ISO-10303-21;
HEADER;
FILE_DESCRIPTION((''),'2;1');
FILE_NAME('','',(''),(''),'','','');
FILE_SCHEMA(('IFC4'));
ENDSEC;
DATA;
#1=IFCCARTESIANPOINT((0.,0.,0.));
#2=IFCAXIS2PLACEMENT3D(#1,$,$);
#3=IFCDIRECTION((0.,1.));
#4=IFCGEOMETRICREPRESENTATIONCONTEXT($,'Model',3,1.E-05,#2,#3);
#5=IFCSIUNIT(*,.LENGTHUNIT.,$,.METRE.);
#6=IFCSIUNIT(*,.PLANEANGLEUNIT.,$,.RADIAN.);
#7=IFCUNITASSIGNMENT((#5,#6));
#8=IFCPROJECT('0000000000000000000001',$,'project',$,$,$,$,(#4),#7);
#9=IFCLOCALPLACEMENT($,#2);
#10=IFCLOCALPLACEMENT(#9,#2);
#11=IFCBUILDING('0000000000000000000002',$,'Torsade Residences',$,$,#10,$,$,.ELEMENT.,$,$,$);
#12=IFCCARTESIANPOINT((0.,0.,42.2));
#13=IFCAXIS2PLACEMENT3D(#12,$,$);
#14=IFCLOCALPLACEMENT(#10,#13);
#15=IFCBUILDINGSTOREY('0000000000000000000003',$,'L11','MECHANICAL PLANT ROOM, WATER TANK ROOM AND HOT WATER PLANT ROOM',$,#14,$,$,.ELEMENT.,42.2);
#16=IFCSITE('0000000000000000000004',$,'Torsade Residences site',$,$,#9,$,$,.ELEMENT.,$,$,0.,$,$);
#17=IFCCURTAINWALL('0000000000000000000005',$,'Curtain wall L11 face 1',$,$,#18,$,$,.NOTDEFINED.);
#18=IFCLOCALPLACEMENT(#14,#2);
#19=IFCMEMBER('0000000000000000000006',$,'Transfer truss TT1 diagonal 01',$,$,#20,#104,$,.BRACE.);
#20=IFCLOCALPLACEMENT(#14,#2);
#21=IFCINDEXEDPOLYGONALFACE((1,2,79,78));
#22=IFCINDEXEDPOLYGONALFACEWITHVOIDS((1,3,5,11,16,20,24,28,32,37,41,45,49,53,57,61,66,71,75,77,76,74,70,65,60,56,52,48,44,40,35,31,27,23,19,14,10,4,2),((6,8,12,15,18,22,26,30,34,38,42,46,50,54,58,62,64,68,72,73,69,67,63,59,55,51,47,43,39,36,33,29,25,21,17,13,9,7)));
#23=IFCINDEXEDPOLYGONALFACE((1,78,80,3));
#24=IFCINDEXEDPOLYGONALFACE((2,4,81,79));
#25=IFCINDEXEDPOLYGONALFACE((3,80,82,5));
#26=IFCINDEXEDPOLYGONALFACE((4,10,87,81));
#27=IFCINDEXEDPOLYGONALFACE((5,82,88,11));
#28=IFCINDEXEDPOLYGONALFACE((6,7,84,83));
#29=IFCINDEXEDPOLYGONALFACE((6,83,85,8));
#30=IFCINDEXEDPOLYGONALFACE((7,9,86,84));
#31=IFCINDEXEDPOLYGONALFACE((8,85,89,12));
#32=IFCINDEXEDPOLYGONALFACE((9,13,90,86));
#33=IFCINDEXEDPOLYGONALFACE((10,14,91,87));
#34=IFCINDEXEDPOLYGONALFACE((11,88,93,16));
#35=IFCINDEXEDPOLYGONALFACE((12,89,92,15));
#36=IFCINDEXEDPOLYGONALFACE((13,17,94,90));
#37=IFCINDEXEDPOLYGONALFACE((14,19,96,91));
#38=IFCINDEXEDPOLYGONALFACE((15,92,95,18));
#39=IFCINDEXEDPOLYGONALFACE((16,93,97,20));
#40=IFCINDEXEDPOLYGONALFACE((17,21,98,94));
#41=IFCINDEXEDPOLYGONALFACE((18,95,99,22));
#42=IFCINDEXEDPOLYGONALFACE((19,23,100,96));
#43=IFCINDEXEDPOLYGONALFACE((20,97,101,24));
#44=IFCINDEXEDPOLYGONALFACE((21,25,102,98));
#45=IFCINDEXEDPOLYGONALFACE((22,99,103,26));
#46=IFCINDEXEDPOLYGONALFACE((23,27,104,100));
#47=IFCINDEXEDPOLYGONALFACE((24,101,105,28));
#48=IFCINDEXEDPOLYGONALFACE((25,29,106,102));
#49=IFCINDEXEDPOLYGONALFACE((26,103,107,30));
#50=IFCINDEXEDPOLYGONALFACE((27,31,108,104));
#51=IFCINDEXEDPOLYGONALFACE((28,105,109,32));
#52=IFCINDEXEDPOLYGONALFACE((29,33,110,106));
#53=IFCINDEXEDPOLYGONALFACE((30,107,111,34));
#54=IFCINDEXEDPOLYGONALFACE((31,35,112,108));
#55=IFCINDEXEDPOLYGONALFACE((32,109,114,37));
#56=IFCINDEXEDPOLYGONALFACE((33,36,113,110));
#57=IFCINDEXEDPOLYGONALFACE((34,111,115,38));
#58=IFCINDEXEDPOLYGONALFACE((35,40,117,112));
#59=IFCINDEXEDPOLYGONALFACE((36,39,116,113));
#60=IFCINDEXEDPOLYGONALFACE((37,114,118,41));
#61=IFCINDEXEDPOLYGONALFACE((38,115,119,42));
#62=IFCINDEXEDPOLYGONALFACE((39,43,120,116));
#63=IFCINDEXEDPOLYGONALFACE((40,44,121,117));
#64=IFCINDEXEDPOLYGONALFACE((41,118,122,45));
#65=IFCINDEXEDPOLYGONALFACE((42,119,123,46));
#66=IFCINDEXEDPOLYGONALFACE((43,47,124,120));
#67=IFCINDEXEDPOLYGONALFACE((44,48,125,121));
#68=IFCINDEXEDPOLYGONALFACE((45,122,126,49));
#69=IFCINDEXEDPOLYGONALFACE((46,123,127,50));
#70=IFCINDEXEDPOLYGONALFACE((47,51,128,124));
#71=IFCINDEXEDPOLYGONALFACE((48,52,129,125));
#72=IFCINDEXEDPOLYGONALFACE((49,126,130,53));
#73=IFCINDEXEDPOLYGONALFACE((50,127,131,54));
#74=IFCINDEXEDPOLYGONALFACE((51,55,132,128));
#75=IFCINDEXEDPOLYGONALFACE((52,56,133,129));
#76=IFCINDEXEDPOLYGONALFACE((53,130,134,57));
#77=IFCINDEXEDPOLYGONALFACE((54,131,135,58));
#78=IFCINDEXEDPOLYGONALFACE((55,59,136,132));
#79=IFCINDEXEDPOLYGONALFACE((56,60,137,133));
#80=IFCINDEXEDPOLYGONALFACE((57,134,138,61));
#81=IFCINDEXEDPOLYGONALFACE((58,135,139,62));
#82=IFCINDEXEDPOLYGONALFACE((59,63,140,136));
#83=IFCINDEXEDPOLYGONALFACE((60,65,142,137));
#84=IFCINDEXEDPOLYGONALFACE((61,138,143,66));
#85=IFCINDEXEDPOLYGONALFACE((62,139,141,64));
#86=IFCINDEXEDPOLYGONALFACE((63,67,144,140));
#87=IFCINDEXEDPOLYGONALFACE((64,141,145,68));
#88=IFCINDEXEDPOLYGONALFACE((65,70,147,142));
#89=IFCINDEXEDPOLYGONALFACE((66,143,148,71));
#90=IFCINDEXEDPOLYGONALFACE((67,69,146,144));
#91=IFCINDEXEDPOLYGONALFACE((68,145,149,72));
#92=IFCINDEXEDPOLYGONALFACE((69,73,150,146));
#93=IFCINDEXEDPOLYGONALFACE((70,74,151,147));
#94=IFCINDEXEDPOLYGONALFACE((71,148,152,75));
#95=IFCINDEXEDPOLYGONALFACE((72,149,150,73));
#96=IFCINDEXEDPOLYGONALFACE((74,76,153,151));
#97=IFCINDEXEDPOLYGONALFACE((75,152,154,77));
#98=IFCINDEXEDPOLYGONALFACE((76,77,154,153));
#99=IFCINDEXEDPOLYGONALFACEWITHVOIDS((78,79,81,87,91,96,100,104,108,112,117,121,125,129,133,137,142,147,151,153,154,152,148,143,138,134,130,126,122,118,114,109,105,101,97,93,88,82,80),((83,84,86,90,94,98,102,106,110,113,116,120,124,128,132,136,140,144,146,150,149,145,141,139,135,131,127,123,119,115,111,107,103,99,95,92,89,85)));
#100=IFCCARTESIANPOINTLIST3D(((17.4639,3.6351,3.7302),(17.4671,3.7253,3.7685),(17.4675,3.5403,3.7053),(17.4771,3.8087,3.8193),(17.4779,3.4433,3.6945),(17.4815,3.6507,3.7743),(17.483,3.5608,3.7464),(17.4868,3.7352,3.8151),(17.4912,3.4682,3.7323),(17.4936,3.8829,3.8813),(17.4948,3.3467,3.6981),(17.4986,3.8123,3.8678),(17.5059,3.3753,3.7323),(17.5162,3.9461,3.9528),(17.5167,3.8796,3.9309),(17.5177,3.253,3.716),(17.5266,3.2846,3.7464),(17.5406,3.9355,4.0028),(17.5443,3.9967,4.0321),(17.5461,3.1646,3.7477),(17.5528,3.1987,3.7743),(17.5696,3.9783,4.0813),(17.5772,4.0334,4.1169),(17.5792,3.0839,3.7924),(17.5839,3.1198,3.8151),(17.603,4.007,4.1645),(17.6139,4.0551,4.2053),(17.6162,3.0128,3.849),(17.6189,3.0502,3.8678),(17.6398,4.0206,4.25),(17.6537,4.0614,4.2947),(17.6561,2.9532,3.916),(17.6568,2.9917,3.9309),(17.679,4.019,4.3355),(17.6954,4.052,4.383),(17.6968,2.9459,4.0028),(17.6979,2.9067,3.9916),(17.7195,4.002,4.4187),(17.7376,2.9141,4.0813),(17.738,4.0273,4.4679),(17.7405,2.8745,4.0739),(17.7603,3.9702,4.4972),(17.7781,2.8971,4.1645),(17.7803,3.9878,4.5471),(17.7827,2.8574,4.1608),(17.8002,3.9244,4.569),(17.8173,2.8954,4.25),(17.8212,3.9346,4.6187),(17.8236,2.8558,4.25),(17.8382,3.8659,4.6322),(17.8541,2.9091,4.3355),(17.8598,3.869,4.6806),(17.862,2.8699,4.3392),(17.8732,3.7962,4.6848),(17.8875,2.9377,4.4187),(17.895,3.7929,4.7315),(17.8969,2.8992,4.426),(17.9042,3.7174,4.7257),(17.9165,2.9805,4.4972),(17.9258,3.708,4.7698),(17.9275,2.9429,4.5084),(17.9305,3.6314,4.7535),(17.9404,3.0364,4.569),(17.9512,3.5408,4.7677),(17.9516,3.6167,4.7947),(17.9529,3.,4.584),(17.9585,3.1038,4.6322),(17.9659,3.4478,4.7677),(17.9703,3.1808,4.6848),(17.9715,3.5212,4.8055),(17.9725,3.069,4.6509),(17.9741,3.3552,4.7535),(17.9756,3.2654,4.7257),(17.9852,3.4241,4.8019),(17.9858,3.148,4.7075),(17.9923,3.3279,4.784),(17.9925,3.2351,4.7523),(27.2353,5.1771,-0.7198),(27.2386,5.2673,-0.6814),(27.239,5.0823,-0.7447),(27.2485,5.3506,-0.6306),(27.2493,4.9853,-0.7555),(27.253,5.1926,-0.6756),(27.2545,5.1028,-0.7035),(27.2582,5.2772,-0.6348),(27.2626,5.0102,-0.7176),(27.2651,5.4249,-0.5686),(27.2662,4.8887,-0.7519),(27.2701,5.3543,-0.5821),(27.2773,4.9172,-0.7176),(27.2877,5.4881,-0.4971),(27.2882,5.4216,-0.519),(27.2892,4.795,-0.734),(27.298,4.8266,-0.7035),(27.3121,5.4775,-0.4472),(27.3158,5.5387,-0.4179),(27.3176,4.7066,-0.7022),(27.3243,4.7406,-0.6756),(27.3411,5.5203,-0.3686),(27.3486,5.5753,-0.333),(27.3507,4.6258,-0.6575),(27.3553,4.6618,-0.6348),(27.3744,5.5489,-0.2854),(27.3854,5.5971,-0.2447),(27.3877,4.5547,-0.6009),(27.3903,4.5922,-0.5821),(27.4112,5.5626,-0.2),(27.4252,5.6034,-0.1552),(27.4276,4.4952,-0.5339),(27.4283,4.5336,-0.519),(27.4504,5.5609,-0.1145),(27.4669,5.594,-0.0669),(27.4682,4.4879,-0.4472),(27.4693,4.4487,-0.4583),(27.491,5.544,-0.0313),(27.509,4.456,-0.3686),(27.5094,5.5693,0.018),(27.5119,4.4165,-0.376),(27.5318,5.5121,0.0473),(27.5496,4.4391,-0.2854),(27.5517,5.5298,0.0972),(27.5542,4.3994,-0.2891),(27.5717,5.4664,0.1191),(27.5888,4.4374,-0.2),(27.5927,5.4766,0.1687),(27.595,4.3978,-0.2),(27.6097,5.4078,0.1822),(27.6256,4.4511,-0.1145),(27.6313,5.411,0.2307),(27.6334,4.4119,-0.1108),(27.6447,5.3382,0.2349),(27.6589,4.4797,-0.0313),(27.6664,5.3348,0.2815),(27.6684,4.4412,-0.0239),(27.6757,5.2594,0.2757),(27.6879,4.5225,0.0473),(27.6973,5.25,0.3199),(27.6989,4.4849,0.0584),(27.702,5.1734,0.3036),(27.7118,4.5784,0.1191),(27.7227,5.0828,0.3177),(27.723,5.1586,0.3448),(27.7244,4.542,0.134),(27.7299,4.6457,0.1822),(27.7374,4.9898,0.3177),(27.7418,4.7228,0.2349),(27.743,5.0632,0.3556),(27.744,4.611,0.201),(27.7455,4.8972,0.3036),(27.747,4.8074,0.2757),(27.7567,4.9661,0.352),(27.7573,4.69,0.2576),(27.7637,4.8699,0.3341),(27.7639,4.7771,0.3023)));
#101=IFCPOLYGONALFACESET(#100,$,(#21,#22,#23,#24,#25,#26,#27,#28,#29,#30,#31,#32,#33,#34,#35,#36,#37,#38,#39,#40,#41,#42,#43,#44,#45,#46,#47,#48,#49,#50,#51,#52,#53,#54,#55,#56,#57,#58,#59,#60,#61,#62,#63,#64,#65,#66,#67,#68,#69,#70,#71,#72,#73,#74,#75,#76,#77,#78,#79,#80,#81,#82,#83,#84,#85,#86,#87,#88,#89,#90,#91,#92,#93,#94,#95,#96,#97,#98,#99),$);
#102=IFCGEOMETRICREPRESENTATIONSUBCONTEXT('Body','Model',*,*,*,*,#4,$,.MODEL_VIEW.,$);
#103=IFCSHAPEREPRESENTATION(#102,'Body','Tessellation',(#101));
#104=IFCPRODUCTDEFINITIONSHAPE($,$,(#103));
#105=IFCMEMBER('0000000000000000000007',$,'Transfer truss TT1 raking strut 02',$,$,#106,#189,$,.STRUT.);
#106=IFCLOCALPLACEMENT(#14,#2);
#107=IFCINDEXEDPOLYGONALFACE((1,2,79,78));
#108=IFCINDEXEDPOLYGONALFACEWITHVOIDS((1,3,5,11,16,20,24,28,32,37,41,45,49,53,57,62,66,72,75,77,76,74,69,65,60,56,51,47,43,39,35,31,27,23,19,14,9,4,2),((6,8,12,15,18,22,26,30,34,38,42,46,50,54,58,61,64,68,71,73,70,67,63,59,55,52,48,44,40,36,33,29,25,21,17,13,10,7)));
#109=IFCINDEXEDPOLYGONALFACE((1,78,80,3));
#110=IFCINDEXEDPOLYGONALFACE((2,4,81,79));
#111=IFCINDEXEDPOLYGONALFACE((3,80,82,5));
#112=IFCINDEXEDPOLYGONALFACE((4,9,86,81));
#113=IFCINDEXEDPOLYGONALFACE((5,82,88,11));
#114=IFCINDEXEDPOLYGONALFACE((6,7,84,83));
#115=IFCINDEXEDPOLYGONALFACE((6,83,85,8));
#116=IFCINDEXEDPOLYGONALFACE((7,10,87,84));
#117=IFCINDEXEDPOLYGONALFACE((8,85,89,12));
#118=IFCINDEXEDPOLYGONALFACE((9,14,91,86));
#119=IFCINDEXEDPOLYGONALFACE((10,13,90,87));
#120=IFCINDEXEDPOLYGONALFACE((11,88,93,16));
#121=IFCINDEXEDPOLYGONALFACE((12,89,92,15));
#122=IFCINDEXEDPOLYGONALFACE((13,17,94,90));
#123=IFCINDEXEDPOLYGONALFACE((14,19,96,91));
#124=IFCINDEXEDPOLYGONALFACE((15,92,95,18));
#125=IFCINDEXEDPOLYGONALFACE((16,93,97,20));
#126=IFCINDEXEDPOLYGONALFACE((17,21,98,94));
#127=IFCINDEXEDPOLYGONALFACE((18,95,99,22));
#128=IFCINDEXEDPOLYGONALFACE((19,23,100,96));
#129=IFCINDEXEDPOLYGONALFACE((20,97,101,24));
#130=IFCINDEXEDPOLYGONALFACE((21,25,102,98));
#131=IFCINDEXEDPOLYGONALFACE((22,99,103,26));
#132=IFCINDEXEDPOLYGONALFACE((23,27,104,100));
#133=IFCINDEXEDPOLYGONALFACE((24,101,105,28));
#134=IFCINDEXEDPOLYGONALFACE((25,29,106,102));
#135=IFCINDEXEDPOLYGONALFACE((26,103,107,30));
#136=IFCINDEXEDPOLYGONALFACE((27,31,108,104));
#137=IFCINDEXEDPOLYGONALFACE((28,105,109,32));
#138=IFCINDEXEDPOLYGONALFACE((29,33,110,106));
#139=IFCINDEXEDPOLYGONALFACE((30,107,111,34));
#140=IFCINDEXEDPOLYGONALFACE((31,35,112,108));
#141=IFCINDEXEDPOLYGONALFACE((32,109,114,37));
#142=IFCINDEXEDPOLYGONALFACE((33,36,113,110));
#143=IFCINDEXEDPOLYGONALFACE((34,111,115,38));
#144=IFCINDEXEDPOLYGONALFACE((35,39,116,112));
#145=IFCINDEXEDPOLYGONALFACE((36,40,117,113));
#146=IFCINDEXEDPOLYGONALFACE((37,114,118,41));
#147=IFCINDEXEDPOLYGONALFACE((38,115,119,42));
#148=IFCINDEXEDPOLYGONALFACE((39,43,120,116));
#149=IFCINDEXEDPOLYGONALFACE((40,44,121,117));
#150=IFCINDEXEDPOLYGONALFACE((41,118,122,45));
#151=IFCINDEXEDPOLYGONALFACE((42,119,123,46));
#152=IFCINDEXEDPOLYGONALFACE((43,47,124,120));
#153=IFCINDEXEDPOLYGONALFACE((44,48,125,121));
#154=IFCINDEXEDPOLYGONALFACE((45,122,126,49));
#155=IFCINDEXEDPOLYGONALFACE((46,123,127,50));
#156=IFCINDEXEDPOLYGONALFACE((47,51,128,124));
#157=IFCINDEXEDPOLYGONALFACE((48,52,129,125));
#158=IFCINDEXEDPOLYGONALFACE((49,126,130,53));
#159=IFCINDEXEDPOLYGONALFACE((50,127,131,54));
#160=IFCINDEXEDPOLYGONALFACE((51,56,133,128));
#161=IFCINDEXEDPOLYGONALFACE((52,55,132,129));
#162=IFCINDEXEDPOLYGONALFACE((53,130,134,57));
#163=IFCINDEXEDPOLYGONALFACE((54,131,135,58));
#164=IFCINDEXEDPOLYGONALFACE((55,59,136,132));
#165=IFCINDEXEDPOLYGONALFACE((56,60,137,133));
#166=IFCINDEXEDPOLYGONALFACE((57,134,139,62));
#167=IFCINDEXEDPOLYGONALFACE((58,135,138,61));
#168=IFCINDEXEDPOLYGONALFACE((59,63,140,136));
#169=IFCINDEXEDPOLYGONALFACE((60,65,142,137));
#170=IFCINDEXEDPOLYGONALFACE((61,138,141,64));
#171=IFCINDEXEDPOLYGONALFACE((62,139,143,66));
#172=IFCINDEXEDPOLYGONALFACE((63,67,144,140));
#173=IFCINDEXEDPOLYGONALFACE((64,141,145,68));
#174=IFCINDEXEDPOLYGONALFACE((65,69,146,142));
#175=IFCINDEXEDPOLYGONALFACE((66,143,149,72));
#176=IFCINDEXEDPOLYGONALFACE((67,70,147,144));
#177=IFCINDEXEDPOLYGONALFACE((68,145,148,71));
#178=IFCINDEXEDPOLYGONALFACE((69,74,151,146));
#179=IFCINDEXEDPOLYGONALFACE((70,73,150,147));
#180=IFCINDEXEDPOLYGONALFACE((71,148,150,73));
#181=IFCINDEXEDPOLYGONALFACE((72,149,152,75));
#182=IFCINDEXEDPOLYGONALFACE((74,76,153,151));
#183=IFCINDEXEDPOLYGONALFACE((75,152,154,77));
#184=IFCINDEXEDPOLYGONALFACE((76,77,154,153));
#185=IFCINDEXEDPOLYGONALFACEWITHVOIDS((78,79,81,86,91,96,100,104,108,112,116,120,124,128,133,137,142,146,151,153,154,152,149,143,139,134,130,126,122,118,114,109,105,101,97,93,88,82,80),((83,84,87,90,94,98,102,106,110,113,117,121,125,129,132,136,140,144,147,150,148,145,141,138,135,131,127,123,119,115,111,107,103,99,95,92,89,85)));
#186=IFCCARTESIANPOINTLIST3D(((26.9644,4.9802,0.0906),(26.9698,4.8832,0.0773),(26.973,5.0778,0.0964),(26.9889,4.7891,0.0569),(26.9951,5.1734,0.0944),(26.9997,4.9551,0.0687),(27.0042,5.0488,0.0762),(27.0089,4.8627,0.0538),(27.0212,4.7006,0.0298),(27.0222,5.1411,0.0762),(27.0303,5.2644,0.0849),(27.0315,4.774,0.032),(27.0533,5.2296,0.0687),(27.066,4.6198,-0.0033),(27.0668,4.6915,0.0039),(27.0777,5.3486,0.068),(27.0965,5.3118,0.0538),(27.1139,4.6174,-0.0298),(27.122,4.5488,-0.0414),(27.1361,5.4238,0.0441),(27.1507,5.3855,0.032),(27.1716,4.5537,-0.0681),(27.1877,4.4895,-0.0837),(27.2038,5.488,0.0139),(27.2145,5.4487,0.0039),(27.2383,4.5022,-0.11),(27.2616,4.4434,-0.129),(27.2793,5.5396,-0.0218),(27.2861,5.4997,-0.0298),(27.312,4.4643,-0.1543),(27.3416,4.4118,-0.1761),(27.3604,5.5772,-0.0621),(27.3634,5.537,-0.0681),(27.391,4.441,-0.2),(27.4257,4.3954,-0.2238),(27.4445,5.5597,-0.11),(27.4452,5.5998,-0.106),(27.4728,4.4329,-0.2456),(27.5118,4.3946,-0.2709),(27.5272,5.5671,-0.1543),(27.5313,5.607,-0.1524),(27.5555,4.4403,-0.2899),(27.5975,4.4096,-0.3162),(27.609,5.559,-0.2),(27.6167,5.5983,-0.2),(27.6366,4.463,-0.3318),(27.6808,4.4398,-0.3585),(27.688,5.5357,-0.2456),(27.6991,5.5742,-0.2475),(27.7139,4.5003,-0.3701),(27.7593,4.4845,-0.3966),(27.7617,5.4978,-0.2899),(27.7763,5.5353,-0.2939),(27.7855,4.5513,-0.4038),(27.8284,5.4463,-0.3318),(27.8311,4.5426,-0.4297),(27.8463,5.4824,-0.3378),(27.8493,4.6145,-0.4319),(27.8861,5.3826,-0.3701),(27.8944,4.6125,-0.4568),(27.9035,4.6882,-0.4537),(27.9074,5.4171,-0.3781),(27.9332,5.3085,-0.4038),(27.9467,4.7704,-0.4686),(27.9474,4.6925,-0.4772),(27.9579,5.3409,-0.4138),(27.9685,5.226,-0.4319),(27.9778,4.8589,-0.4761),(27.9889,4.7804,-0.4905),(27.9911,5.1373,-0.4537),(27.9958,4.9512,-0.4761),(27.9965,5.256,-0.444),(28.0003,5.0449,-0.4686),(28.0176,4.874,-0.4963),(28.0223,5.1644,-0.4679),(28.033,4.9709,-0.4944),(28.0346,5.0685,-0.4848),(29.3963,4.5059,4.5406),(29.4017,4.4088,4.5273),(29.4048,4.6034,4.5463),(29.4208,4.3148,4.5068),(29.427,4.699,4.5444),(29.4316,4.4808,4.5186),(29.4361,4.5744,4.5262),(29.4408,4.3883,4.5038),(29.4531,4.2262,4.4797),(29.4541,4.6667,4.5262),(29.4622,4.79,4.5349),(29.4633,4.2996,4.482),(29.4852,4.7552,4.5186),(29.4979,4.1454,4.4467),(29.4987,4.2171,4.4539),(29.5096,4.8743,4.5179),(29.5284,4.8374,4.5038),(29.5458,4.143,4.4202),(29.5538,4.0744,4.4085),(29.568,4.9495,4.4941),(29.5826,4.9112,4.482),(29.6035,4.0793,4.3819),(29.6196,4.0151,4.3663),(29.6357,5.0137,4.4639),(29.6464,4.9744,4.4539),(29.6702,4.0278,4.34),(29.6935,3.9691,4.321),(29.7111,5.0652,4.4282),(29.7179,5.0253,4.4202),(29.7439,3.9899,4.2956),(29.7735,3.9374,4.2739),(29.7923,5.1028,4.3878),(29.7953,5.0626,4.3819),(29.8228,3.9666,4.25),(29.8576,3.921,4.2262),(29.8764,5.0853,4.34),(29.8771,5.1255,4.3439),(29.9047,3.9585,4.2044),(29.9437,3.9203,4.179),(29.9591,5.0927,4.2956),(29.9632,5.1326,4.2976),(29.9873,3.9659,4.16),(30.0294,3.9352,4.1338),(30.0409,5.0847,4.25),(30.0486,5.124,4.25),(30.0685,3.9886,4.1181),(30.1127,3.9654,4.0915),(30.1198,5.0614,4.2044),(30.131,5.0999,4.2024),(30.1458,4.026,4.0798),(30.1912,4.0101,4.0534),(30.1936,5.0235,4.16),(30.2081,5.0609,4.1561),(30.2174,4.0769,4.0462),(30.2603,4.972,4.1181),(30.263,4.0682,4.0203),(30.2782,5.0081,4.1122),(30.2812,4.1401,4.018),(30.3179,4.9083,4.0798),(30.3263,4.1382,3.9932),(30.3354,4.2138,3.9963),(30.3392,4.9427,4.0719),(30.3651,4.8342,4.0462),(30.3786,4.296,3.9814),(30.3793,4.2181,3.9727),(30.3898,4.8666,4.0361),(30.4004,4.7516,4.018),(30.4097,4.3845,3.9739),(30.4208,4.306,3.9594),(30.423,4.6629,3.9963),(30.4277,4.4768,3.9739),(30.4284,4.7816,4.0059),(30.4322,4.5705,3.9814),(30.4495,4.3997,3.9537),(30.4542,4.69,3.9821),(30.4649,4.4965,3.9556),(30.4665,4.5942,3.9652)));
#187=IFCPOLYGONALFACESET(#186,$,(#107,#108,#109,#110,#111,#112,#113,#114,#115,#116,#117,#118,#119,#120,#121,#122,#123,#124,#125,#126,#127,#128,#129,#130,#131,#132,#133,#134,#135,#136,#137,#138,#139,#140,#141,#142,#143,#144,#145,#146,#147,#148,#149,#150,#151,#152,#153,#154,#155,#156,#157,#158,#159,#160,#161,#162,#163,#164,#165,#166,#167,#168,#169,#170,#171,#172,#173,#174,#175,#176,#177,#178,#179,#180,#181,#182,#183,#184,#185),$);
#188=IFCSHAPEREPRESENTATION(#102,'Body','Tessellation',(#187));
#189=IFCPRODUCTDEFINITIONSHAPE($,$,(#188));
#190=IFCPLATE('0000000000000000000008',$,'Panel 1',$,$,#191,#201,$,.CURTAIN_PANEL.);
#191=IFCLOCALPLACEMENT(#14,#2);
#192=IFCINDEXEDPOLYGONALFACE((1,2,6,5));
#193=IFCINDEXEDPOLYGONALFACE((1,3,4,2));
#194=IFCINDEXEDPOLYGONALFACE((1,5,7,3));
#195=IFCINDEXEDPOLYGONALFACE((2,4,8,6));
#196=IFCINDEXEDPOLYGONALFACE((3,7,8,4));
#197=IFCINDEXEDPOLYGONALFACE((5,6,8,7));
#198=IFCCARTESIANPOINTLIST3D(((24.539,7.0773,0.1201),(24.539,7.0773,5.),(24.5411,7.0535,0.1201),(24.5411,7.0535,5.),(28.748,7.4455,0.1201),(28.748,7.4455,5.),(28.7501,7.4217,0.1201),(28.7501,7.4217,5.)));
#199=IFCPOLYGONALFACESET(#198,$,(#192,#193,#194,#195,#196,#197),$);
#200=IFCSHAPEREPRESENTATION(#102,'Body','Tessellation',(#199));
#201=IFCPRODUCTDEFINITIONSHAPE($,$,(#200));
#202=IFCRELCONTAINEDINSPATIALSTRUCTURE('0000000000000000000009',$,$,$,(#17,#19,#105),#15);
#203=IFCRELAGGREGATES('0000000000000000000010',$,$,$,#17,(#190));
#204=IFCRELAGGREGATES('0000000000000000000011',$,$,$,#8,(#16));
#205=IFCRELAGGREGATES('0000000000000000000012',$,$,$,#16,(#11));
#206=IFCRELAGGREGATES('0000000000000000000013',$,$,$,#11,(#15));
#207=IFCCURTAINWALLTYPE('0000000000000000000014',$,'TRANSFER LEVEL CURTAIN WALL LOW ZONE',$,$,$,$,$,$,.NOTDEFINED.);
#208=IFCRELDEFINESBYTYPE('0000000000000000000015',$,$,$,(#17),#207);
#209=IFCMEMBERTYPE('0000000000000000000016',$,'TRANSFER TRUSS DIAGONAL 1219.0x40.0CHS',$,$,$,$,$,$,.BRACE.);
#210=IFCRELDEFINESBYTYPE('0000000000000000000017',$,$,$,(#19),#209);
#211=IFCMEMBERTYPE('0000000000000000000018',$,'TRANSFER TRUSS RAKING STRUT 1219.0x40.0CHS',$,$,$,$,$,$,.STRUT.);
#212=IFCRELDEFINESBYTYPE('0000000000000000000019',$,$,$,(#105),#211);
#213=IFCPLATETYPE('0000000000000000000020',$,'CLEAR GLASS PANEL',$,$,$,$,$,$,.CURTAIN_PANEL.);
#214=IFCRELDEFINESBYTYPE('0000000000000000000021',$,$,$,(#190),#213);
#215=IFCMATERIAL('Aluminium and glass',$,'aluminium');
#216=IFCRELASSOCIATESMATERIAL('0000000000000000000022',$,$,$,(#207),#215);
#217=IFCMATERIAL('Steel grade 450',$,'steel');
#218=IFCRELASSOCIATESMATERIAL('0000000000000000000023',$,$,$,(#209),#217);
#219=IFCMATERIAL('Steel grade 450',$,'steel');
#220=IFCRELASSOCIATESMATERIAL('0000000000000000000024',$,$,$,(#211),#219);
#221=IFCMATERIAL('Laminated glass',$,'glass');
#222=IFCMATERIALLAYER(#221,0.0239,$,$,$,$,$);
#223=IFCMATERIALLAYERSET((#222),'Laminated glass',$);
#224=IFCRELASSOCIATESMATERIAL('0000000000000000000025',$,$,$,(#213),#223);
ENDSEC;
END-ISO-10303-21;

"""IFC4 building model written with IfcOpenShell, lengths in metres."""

from ifc_helpers import new_model, si_unit, direction, frame, origin, origin_2d, place, context, subcontext, project, spatial, rectangle, hollow_circle, extrude, material, layer, layer_set, material_profile, profile_set, type_object, element, aggregate, save


model = new_model("IFC4")

# Units and contexts
model_context = context("Model", 3, precision=1e-05, world=origin(), true_north=direction((0.0, 1.0)))
body_context = subcontext(model_context, "Body", "Model", "MODEL_VIEW")
ifc_project = project(units=[si_unit("LENGTHUNIT", "METRE"), si_unit("PLANEANGLEUNIT", "RADIAN")], contexts=[model_context])

# Site, building, storey
site_placement = place(None, origin())
site = spatial("IfcSite", under=ifc_project, at=site_placement, Name="Torsade Residences site", CompositionType="ELEMENT", RefElevation=0.0)
building_placement = place(site_placement, origin())
building = spatial("IfcBuilding", under=site, at=building_placement, Name="Torsade Residences", CompositionType="ELEMENT")
storey_placement = place(building_placement, frame((0.0, 0.0, 42.2)))
storey = spatial("IfcBuildingStorey", under=building, at=storey_placement, Name="L11", Description="MECHANICAL PLANT ROOM, WATER TANK ROOM AND HOT WATER PLANT ROOM", CompositionType="ELEMENT", Elevation=42.2)

# Curtain wall
ifc_material_1 = material(Name="Aluminium and glass", Category="aluminium")
curtain_wall_type = type_object("IfcCurtainWallType", Name="TRANSFER LEVEL CURTAIN WALL LOW ZONE", PredefinedType="NOTDEFINED", material=ifc_material_1)
curtain_wall_1_placement = place(storey_placement, origin())
curtain_wall_1 = element("IfcCurtainWall", 1, at=curtain_wall_1_placement, inside=storey, type_object=curtain_wall_type, Name="Curtain wall L11 face 1", PredefinedType="NOTDEFINED")

# Members
ifc_material_2 = material(Name="Steel grade 450", Category="steel")
ifc_material_profile_1 = material_profile(ifc_material_2, hollow_circle(Radius=0.6096, WallThickness=0.04, at=origin_2d()), Name="1219.0x40.0CHS")
ifc_profile_set_1 = profile_set([ifc_material_profile_1], Name="Steel grade 450")
member_type_1 = type_object("IfcMemberType", Name="TRANSFER TRUSS DIAGONAL 1219.0x40.0CHS", PredefinedType="BRACE", material=ifc_profile_set_1)
member_1_placement = place(storey_placement, frame((27.5, 5.0, -0.2), z_axis=(-0.90083, -0.142156, 0.41024), x_axis=(0.155876, -0.987777, 0.0)))
element("IfcMember", 2, at=member_1_placement, inside=storey, type_object=member_type_1, Name="Transfer truss TT1 diagonal 01", PredefinedType="BRACE", context=body_context, shape_type="SweptSolid", body=[
    extrude(hollow_circle(Radius=0.6096, WallThickness=0.04, at=origin_2d()), origin(), (0.0, 0.0, 1.0), 10.8472),
])
ifc_material_3 = material(Name="Steel grade 450", Category="steel")
ifc_material_profile_2 = material_profile(ifc_material_3, hollow_circle(Radius=0.6096, WallThickness=0.04, at=origin_2d()), Name="1219.0x40.0CHS")
ifc_profile_set_2 = profile_set([ifc_material_profile_2], Name="Steel grade 450")
member_type_2 = type_object("IfcMemberType", Name="TRANSFER TRUSS RAKING STRUT 1219.0x40.0CHS", PredefinedType="STRUT", material=ifc_profile_set_2)
member_2_placement = place(storey_placement, frame((27.5, 5.0, -0.2), z_axis=(0.477473, -0.093136, 0.873697), x_axis=(0.191452, 0.981502, 0.0)))
element("IfcMember", 3, at=member_2_placement, inside=storey, type_object=member_type_2, Name="Transfer truss TT1 raking strut 02", PredefinedType="STRUT", context=body_context, shape_type="SweptSolid", body=[
    extrude(hollow_circle(Radius=0.6096, WallThickness=0.04, at=origin_2d()), origin(), (0.0, 0.0, 1.0), 5.0933),
])

# Plate
ifc_material_4 = material(Name="Laminated glass", Category="glass")
ifc_layer_1 = layer(ifc_material_4, 0.0239)
ifc_layer_set_1 = layer_set([ifc_layer_1], Name="Laminated glass")
plate_type = type_object("IfcPlateType", Name="CLEAR GLASS PANEL", PredefinedType="CURTAIN_PANEL", material=ifc_layer_set_1)
plate_1_placement = place(storey_placement, frame((26.6445, 7.2495, 0.1201), z_axis=(0.0, 0.0, 1.0), x_axis=(0.996195, 0.087156, 0.0)))
plate_1 = element("IfcPlate", 4, at=plate_1_placement, type_object=plate_type, Name="Panel 1", PredefinedType="CURTAIN_PANEL", context=body_context, shape_type="SweptSolid", body=[
    extrude(rectangle(XDim=4.2251, YDim=0.0239, at=origin_2d()), origin(), (0.0, 0.0, 1.0), 4.8799),
])
aggregate(curtain_wall_1, [plate_1])

save(model, "model.ifc")
